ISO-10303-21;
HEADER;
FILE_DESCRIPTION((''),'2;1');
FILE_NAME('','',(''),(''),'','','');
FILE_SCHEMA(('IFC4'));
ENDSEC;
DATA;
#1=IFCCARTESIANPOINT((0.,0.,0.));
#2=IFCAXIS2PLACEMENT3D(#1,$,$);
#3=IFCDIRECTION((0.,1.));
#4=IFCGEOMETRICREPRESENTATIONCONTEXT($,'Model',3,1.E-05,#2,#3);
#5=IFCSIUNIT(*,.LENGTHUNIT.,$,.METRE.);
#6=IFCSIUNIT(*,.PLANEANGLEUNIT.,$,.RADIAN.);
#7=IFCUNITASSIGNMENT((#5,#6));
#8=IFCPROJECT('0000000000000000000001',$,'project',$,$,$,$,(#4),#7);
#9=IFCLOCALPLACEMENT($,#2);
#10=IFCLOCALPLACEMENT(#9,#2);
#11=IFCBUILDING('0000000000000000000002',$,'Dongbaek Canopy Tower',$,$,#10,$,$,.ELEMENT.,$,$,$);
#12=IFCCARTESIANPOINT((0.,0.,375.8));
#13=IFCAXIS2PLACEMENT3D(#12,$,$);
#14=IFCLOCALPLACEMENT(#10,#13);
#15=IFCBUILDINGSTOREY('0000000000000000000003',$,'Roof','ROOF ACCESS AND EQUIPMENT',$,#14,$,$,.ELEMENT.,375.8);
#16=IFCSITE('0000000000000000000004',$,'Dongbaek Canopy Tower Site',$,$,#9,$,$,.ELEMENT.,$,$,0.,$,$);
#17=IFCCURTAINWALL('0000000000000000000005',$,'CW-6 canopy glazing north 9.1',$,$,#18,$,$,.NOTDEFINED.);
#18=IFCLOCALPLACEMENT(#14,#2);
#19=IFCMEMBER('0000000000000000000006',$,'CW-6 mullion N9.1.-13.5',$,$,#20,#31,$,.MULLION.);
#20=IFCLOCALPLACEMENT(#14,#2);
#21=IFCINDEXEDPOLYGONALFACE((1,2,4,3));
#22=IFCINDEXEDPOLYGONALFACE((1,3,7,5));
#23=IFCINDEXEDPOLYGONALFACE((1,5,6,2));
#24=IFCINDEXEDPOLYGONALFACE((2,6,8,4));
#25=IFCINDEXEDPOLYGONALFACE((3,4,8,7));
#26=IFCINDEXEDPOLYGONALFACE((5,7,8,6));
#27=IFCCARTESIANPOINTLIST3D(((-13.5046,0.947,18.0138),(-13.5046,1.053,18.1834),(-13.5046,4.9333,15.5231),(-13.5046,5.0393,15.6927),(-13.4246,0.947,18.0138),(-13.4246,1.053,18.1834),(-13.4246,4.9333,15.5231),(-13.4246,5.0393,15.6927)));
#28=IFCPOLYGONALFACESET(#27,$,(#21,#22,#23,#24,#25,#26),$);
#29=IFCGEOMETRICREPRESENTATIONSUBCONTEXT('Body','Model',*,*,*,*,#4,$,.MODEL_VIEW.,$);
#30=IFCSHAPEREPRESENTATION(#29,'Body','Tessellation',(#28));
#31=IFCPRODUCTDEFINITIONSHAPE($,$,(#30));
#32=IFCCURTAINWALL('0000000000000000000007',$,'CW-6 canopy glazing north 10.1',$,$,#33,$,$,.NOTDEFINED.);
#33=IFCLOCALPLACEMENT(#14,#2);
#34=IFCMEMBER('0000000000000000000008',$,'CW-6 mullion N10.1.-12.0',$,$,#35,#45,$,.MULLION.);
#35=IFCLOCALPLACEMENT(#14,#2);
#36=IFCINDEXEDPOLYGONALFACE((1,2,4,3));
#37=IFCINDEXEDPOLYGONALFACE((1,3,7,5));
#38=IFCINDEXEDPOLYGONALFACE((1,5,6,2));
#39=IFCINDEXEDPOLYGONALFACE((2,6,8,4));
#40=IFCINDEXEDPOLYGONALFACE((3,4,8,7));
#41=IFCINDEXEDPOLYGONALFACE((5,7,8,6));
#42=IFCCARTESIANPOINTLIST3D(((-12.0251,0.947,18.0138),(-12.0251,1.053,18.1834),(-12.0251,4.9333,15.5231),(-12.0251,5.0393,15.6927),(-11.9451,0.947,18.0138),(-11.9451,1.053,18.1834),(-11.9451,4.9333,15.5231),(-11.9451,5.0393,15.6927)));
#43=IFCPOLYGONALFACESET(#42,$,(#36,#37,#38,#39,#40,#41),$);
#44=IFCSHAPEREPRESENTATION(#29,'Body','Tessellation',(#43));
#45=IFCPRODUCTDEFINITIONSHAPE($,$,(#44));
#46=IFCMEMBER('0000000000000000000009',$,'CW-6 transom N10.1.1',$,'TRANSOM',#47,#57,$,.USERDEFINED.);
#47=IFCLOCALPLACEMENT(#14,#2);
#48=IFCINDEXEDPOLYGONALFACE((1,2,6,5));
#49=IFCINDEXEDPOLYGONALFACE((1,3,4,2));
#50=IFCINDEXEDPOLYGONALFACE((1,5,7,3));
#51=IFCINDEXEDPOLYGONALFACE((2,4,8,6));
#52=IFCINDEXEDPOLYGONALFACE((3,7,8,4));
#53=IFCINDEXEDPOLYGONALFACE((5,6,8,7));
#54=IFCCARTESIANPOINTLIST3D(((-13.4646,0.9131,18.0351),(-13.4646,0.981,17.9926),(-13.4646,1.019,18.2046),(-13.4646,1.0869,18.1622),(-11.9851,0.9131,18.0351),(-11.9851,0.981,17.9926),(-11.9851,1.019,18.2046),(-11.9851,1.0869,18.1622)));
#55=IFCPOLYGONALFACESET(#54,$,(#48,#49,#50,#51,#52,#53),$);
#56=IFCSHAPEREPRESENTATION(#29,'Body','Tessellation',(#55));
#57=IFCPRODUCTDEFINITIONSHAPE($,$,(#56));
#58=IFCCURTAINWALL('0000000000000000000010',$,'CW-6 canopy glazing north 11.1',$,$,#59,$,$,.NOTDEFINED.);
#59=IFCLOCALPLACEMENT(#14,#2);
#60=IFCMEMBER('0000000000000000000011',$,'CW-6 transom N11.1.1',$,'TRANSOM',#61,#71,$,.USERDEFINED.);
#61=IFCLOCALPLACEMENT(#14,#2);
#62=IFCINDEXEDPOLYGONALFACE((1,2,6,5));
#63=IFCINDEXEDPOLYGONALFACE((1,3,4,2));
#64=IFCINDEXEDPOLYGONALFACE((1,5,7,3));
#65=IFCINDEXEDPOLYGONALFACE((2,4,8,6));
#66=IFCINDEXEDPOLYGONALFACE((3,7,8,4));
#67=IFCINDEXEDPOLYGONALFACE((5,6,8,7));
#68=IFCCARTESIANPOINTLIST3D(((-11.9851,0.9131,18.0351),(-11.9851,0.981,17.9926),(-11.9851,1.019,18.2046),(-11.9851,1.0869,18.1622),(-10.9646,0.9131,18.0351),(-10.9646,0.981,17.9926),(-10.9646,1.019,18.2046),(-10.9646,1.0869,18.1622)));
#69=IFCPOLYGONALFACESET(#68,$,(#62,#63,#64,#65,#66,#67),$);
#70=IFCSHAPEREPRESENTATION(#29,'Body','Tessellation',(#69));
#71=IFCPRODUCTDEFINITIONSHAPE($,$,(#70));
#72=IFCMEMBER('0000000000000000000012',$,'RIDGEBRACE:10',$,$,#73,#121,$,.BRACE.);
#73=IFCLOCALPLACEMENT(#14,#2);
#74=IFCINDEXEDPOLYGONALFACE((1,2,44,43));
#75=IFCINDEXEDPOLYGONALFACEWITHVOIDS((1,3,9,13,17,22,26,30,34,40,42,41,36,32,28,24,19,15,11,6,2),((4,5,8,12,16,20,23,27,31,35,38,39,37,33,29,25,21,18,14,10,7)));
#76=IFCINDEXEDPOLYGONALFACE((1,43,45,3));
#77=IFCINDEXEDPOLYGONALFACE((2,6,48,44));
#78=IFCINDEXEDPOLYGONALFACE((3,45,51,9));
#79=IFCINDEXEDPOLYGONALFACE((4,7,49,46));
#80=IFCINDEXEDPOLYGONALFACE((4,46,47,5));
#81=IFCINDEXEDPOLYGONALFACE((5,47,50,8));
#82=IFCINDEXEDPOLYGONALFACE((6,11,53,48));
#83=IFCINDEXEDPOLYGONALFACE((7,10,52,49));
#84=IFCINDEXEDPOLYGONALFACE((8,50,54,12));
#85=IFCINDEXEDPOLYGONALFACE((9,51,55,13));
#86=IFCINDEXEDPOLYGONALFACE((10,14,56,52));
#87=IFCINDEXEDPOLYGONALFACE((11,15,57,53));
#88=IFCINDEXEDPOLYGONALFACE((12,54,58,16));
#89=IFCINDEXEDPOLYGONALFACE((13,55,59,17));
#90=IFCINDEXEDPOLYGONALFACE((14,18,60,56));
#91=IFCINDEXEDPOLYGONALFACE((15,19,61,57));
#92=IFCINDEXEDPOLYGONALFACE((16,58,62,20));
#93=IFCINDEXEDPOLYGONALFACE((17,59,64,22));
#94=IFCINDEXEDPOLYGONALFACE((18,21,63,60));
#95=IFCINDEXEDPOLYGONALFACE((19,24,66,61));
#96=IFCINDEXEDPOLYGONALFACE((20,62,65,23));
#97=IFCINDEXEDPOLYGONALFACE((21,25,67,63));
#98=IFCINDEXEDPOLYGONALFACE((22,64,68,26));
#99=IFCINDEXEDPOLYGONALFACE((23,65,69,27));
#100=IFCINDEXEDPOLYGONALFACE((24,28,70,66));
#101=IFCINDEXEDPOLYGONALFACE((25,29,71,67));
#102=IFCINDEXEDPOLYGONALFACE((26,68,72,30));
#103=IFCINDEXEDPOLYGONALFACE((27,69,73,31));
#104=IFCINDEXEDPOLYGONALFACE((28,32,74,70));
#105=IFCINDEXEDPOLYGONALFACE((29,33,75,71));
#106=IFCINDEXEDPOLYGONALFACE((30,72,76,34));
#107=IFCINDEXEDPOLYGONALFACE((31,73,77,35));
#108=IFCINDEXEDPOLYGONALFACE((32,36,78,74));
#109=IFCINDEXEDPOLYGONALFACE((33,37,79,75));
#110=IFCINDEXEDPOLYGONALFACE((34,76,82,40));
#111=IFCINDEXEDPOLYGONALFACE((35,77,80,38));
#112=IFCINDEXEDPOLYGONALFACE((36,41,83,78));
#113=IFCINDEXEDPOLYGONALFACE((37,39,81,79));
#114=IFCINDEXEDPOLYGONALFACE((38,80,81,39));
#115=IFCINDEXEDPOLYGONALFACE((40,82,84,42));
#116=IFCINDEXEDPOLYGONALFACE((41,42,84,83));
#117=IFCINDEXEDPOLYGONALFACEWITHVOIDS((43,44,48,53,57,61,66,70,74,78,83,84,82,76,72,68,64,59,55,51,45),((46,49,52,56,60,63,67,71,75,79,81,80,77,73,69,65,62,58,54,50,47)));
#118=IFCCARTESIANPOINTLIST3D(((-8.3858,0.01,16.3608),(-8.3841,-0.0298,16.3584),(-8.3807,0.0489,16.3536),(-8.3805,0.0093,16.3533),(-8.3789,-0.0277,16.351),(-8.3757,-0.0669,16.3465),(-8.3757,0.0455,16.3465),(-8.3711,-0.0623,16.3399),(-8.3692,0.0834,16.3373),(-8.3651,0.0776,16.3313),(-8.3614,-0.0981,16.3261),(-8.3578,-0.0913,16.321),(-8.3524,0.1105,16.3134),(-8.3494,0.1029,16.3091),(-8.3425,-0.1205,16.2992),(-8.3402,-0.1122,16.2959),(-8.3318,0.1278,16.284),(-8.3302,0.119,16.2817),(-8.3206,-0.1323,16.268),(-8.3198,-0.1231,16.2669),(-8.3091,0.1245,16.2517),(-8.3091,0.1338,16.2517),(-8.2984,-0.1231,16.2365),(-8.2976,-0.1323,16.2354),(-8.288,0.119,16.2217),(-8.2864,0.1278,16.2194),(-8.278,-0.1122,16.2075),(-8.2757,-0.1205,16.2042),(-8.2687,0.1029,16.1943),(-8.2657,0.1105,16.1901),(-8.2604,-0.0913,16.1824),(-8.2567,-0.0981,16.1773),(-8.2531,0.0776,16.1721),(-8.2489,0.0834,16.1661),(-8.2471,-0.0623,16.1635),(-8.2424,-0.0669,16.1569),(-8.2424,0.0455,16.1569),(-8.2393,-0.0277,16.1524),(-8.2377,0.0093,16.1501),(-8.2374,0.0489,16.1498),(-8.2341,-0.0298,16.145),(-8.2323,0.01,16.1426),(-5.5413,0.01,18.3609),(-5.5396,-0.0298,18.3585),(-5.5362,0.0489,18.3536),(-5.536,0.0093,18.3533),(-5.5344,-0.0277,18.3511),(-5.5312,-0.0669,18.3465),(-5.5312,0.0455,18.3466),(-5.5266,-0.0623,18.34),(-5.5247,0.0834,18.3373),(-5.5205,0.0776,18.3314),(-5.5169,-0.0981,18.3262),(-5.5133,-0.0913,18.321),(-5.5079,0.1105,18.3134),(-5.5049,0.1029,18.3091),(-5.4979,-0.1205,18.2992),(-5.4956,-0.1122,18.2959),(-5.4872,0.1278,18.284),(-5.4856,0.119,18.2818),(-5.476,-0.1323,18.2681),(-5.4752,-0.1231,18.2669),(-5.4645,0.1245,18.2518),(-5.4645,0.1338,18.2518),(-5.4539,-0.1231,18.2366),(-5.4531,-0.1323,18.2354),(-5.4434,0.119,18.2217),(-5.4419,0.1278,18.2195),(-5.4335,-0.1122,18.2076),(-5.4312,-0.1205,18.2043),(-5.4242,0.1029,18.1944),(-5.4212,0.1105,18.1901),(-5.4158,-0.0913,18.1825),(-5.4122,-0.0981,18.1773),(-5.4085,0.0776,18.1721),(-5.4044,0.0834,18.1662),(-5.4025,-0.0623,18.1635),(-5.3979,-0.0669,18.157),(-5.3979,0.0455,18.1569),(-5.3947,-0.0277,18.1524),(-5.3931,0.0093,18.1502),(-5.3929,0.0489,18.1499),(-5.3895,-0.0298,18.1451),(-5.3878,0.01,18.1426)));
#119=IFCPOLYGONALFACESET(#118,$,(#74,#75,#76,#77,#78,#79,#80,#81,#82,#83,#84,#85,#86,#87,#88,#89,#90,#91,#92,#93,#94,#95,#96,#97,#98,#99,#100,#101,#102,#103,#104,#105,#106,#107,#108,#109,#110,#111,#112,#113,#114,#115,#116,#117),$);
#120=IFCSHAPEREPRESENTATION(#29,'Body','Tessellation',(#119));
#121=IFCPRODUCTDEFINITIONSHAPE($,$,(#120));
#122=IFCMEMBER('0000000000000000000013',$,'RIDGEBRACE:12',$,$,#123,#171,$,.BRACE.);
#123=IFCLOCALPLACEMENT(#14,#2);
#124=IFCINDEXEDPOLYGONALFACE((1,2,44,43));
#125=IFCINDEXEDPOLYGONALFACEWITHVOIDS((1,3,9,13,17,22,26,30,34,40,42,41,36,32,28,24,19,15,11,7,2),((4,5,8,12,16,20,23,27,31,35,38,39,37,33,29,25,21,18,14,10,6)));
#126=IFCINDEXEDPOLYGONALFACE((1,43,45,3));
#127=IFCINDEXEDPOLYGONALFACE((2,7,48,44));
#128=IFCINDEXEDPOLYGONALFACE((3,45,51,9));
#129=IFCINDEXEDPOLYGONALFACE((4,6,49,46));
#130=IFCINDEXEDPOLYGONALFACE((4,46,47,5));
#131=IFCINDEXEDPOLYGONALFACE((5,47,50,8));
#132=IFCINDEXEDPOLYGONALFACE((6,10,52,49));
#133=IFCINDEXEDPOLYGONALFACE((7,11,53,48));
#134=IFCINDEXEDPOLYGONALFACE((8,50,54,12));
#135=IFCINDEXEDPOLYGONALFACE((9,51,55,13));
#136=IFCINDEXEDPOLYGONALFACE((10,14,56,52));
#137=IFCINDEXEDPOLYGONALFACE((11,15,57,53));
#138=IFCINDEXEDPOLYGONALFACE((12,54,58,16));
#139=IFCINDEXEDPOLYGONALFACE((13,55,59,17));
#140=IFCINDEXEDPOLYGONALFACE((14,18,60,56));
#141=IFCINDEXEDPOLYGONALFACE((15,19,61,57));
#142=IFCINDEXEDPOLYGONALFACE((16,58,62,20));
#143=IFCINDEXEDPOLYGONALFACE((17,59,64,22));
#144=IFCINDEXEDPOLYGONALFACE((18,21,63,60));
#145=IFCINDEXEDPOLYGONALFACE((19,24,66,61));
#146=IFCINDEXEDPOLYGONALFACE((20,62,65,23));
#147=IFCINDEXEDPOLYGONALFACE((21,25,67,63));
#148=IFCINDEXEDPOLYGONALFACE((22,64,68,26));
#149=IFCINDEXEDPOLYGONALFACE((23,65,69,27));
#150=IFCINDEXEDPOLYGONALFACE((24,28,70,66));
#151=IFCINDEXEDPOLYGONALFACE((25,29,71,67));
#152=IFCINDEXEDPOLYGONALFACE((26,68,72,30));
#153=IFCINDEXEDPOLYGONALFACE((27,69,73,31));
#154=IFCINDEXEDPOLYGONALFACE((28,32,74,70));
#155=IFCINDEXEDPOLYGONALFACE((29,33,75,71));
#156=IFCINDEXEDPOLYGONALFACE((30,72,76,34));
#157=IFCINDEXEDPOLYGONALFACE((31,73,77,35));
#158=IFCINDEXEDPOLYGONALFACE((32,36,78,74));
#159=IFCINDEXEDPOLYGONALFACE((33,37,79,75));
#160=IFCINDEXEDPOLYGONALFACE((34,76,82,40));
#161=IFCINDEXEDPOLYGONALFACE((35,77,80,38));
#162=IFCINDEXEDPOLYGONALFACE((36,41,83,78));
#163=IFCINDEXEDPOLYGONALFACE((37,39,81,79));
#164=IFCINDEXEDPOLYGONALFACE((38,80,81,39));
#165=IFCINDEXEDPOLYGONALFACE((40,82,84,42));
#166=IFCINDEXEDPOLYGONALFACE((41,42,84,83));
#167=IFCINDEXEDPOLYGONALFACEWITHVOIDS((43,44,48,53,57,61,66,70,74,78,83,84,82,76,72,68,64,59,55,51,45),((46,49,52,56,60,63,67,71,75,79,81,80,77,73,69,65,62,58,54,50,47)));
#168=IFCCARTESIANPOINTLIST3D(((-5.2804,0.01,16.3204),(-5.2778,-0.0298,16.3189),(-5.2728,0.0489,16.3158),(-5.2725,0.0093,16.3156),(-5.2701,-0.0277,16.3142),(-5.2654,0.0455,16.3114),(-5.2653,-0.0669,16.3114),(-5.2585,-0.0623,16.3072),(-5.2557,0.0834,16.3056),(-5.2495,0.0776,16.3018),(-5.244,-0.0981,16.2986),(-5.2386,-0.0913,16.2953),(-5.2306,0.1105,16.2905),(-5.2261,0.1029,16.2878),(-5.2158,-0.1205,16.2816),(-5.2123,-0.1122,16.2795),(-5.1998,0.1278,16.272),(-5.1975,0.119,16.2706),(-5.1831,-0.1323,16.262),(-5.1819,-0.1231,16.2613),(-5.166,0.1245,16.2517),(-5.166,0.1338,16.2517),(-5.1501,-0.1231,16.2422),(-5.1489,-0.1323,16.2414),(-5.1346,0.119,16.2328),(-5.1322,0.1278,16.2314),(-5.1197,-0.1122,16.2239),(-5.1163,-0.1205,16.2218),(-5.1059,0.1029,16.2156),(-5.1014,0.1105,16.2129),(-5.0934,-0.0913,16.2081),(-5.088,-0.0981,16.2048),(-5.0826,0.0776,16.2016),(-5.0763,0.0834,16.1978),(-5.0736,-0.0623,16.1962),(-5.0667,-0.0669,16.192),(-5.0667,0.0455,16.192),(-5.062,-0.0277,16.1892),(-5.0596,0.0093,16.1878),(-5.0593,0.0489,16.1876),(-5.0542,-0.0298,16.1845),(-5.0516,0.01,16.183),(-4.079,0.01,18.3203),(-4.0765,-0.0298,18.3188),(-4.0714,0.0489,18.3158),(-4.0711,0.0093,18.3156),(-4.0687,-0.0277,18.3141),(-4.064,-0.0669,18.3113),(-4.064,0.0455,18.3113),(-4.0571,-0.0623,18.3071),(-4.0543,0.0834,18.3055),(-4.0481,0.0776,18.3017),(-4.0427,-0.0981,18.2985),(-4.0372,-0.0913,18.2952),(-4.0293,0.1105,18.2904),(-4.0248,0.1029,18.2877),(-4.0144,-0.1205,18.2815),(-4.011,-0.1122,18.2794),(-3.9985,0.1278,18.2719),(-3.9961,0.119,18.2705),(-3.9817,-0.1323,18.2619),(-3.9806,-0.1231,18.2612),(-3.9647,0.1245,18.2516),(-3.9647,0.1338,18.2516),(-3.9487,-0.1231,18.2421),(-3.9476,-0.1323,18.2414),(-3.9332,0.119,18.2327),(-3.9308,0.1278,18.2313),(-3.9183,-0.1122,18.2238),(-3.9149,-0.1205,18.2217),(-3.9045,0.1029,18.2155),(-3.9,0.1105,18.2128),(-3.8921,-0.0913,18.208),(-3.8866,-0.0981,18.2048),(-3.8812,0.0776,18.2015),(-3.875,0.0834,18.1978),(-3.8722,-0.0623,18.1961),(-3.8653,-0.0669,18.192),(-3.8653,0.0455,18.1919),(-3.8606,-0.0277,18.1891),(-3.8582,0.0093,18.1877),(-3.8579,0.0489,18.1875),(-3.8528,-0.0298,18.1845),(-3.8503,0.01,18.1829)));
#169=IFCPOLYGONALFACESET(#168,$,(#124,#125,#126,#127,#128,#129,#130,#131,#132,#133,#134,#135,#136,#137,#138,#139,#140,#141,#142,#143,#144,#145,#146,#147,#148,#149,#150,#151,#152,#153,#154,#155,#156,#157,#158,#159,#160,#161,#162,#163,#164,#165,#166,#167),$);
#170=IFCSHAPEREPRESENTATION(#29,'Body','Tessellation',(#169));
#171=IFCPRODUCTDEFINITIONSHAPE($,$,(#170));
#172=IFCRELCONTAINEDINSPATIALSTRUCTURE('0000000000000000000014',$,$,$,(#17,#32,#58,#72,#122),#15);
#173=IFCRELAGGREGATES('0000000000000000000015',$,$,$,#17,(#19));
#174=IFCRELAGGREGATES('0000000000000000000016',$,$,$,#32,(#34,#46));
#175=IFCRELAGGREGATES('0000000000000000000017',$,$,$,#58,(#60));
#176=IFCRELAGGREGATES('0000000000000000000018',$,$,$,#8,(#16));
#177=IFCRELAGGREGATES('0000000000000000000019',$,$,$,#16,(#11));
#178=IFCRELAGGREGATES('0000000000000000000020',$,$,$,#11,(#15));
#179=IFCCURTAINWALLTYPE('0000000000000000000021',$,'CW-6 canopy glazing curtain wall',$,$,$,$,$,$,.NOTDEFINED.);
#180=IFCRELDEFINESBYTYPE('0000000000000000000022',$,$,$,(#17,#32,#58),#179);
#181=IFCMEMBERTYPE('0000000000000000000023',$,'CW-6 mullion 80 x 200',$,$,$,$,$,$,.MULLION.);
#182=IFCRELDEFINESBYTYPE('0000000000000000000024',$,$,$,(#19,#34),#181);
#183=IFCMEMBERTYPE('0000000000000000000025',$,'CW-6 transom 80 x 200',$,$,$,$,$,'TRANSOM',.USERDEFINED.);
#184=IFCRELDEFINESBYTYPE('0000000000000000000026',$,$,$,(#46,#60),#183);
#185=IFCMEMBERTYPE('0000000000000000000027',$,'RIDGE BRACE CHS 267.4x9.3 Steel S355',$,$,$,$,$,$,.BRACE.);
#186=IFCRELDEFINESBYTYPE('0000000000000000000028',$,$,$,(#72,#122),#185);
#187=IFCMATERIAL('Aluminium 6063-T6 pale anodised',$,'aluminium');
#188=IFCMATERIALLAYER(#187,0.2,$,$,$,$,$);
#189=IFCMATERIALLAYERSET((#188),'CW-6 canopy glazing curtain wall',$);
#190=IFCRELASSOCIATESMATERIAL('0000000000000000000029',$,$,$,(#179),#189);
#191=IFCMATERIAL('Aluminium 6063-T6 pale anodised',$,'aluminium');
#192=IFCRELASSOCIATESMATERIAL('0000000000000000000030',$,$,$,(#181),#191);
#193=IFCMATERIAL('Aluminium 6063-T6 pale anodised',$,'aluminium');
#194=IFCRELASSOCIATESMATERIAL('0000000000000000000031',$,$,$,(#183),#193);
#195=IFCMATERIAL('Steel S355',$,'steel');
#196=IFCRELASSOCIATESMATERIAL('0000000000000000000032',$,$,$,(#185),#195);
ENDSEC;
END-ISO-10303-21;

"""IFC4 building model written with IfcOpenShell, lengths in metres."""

from ifc_helpers import new_model, si_unit, direction, frame, origin, origin_2d, place, context, subcontext, project, spatial, rectangle, hollow_circle, extrude, material, layer, layer_set, material_profile, profile_set, type_object, element, aggregate, save


model = new_model("IFC4")

# Units and contexts
model_context = context("Model", 3, precision=1e-05, world=origin(), true_north=direction((0.0, 1.0)))
body_context = subcontext(model_context, "Body", "Model", "MODEL_VIEW")
ifc_project = project(units=[si_unit("LENGTHUNIT", "METRE"), si_unit("PLANEANGLEUNIT", "RADIAN")], contexts=[model_context])

# Site, building, storey
site_placement = place(None, origin())
site = spatial("IfcSite", under=ifc_project, at=site_placement, Name="Dongbaek Canopy Tower Site", CompositionType="ELEMENT", RefElevation=0.0)
building_placement = place(site_placement, origin())
building = spatial("IfcBuilding", under=site, at=building_placement, Name="Dongbaek Canopy Tower", CompositionType="ELEMENT")
storey_placement = place(building_placement, frame((0.0, 0.0, 375.8)))
storey = spatial("IfcBuildingStorey", under=building, at=storey_placement, Name="Roof", Description="ROOF ACCESS AND EQUIPMENT", CompositionType="ELEMENT", Elevation=375.8)

# Curtain wall, member
ifc_material_1 = material(Name="Aluminium 6063-T6 pale anodised", Category="aluminium")
ifc_layer_1 = layer(ifc_material_1, 0.2)
ifc_layer_set_1 = layer_set([ifc_layer_1], Name="CW-6 canopy glazing curtain wall")
curtain_wall_type = type_object("IfcCurtainWallType", Name="CW-6 canopy glazing curtain wall", PredefinedType="NOTDEFINED", material=ifc_layer_set_1)
curtain_wall_1_placement = place(storey_placement, origin())
curtain_wall_1 = element("IfcCurtainWall", 1, at=curtain_wall_1_placement, inside=storey, type_object=curtain_wall_type, Name="CW-6 canopy glazing north 9.1", PredefinedType="NOTDEFINED")
ifc_material_2 = material(Name="Aluminium 6063-T6 pale anodised", Category="aluminium")
ifc_material_profile_1 = material_profile(ifc_material_2, rectangle(XDim=0.0801, YDim=0.2, at=origin_2d()), Name="CW-6 mullion 80 x 200")
ifc_profile_set_1 = profile_set([ifc_material_profile_1], Name="Aluminium 6063-T6 pale anodised")
member_type_1 = type_object("IfcMemberType", Name="CW-6 mullion 80 x 200", PredefinedType="MULLION", material=ifc_profile_set_1)
member_1_placement = place(storey_placement, frame((-13.4646, 1.0, 18.0986), z_axis=(0.0, 0.848068, -0.529887), x_axis=(-1.0, 0.0, 0.0)))
member_1 = element("IfcMember", 2, at=member_1_placement, type_object=member_type_1, Name="CW-6 mullion N9.1.-13.5", PredefinedType="MULLION", context=body_context, shape_type="SweptSolid", body=[
    extrude(rectangle(XDim=0.0801, YDim=0.2, at=origin_2d()), origin(), (0.0, 0.0, 1.0), 4.7004),
])
aggregate(curtain_wall_1, [member_1])

# Curtain wall, members
curtain_wall_2_placement = place(storey_placement, origin())
curtain_wall_2 = element("IfcCurtainWall", 3, at=curtain_wall_2_placement, inside=storey, type_object=curtain_wall_type, Name="CW-6 canopy glazing north 10.1", PredefinedType="NOTDEFINED")
member_2_placement = place(storey_placement, frame((-11.9851, 1.0, 18.0986), z_axis=(0.0, 0.848068, -0.529887), x_axis=(-1.0, 0.0, 0.0)))
member_2 = element("IfcMember", 4, at=member_2_placement, type_object=member_type_1, Name="CW-6 mullion N10.1.-12.0", PredefinedType="MULLION", context=body_context, shape_type="SweptSolid", body=[
    extrude(rectangle(XDim=0.0801, YDim=0.2, at=origin_2d()), origin(), (0.0, 0.0, 1.0), 4.7004),
])
ifc_material_3 = material(Name="Aluminium 6063-T6 pale anodised", Category="aluminium")
ifc_material_profile_2 = material_profile(ifc_material_3, rectangle(XDim=0.0801, YDim=0.2, at=origin_2d()), Name="CW-6 transom 80 x 200")
ifc_profile_set_2 = profile_set([ifc_material_profile_2], Name="Aluminium 6063-T6 pale anodised")
member_type_2 = type_object("IfcMemberType", Name="CW-6 transom 80 x 200", ElementType="TRANSOM", PredefinedType="USERDEFINED", material=ifc_profile_set_2)
member_3_placement = place(storey_placement, frame((-13.4646, 1.0, 18.0986), z_axis=(1.0, 0.0, 0.0), x_axis=(0.0, 0.848048, -0.529919)))
member_3 = element("IfcMember", 5, at=member_3_placement, type_object=member_type_2, Name="CW-6 transom N10.1.1", ObjectType="TRANSOM", PredefinedType="USERDEFINED", context=body_context, shape_type="SweptSolid", body=[
    extrude(rectangle(XDim=0.0801, YDim=0.2, at=origin_2d()), origin(), (0.0, 0.0, 1.0), 1.4795),
])

# Curtain wall, member
curtain_wall_3_placement = place(storey_placement, origin())
curtain_wall_3 = element("IfcCurtainWall", 6, at=curtain_wall_3_placement, inside=storey, type_object=curtain_wall_type, Name="CW-6 canopy glazing north 11.1", PredefinedType="NOTDEFINED")
member_4_placement = place(storey_placement, frame((-11.9851, 1.0, 18.0986), z_axis=(1.0, 0.0, 0.0), x_axis=(0.0, 0.848048, -0.529919)))
member_4 = element("IfcMember", 7, at=member_4_placement, type_object=member_type_2, Name="CW-6 transom N11.1.1", ObjectType="TRANSOM", PredefinedType="USERDEFINED", context=body_context, shape_type="SweptSolid", body=[
    extrude(rectangle(XDim=0.0801, YDim=0.2, at=origin_2d()), origin(), (0.0, 0.0, 1.0), 1.0205),
])

# Members
ifc_material_4 = material(Name="Steel S355", Category="steel")
ifc_material_profile_3 = material_profile(ifc_material_4, hollow_circle(Radius=0.1338, WallThickness=0.0093, at=origin_2d()), Name="RIDGE BRACE CHS 267.4x9.3 Steel S355")
ifc_profile_set_3 = profile_set([ifc_material_profile_3], Name="Steel S355")
member_type_3 = type_object("IfcMemberType", Name="RIDGE BRACE CHS 267.4x9.3 Steel S355", PredefinedType="BRACE", material=ifc_profile_set_3)
member_5_placement = place(storey_placement, frame((-8.3091, 0.0, 16.2517), z_axis=(0.818033, 0.0, 0.575172), x_axis=(0.0, 1.0, 0.0)))
element("IfcMember", 8, at=member_5_placement, inside=storey, type_object=member_type_3, Name="RIDGEBRACE:10", PredefinedType="BRACE", context=body_context, shape_type="SweptSolid", body=[
    extrude(hollow_circle(Radius=0.1338, WallThickness=0.0093, at=origin_2d()), origin(), (0.0, 0.0, 1.0), 3.4773),
])
member_6_placement = place(storey_placement, frame((-5.166, 0.0, 16.2517), z_axis=(0.514942, 0.0, 0.857225), x_axis=(0.0, 1.0, 0.0)))
element("IfcMember", 9, at=member_6_placement, inside=storey, type_object=member_type_3, Name="RIDGEBRACE:12", PredefinedType="BRACE", context=body_context, shape_type="SweptSolid", body=[
    extrude(hollow_circle(Radius=0.1338, WallThickness=0.0093, at=origin_2d()), origin(), (0.0, 0.0, 1.0), 2.333),
])

aggregate(curtain_wall_2, [member_2, member_3])
aggregate(curtain_wall_3, [member_4])

save(model, "model.ifc")
